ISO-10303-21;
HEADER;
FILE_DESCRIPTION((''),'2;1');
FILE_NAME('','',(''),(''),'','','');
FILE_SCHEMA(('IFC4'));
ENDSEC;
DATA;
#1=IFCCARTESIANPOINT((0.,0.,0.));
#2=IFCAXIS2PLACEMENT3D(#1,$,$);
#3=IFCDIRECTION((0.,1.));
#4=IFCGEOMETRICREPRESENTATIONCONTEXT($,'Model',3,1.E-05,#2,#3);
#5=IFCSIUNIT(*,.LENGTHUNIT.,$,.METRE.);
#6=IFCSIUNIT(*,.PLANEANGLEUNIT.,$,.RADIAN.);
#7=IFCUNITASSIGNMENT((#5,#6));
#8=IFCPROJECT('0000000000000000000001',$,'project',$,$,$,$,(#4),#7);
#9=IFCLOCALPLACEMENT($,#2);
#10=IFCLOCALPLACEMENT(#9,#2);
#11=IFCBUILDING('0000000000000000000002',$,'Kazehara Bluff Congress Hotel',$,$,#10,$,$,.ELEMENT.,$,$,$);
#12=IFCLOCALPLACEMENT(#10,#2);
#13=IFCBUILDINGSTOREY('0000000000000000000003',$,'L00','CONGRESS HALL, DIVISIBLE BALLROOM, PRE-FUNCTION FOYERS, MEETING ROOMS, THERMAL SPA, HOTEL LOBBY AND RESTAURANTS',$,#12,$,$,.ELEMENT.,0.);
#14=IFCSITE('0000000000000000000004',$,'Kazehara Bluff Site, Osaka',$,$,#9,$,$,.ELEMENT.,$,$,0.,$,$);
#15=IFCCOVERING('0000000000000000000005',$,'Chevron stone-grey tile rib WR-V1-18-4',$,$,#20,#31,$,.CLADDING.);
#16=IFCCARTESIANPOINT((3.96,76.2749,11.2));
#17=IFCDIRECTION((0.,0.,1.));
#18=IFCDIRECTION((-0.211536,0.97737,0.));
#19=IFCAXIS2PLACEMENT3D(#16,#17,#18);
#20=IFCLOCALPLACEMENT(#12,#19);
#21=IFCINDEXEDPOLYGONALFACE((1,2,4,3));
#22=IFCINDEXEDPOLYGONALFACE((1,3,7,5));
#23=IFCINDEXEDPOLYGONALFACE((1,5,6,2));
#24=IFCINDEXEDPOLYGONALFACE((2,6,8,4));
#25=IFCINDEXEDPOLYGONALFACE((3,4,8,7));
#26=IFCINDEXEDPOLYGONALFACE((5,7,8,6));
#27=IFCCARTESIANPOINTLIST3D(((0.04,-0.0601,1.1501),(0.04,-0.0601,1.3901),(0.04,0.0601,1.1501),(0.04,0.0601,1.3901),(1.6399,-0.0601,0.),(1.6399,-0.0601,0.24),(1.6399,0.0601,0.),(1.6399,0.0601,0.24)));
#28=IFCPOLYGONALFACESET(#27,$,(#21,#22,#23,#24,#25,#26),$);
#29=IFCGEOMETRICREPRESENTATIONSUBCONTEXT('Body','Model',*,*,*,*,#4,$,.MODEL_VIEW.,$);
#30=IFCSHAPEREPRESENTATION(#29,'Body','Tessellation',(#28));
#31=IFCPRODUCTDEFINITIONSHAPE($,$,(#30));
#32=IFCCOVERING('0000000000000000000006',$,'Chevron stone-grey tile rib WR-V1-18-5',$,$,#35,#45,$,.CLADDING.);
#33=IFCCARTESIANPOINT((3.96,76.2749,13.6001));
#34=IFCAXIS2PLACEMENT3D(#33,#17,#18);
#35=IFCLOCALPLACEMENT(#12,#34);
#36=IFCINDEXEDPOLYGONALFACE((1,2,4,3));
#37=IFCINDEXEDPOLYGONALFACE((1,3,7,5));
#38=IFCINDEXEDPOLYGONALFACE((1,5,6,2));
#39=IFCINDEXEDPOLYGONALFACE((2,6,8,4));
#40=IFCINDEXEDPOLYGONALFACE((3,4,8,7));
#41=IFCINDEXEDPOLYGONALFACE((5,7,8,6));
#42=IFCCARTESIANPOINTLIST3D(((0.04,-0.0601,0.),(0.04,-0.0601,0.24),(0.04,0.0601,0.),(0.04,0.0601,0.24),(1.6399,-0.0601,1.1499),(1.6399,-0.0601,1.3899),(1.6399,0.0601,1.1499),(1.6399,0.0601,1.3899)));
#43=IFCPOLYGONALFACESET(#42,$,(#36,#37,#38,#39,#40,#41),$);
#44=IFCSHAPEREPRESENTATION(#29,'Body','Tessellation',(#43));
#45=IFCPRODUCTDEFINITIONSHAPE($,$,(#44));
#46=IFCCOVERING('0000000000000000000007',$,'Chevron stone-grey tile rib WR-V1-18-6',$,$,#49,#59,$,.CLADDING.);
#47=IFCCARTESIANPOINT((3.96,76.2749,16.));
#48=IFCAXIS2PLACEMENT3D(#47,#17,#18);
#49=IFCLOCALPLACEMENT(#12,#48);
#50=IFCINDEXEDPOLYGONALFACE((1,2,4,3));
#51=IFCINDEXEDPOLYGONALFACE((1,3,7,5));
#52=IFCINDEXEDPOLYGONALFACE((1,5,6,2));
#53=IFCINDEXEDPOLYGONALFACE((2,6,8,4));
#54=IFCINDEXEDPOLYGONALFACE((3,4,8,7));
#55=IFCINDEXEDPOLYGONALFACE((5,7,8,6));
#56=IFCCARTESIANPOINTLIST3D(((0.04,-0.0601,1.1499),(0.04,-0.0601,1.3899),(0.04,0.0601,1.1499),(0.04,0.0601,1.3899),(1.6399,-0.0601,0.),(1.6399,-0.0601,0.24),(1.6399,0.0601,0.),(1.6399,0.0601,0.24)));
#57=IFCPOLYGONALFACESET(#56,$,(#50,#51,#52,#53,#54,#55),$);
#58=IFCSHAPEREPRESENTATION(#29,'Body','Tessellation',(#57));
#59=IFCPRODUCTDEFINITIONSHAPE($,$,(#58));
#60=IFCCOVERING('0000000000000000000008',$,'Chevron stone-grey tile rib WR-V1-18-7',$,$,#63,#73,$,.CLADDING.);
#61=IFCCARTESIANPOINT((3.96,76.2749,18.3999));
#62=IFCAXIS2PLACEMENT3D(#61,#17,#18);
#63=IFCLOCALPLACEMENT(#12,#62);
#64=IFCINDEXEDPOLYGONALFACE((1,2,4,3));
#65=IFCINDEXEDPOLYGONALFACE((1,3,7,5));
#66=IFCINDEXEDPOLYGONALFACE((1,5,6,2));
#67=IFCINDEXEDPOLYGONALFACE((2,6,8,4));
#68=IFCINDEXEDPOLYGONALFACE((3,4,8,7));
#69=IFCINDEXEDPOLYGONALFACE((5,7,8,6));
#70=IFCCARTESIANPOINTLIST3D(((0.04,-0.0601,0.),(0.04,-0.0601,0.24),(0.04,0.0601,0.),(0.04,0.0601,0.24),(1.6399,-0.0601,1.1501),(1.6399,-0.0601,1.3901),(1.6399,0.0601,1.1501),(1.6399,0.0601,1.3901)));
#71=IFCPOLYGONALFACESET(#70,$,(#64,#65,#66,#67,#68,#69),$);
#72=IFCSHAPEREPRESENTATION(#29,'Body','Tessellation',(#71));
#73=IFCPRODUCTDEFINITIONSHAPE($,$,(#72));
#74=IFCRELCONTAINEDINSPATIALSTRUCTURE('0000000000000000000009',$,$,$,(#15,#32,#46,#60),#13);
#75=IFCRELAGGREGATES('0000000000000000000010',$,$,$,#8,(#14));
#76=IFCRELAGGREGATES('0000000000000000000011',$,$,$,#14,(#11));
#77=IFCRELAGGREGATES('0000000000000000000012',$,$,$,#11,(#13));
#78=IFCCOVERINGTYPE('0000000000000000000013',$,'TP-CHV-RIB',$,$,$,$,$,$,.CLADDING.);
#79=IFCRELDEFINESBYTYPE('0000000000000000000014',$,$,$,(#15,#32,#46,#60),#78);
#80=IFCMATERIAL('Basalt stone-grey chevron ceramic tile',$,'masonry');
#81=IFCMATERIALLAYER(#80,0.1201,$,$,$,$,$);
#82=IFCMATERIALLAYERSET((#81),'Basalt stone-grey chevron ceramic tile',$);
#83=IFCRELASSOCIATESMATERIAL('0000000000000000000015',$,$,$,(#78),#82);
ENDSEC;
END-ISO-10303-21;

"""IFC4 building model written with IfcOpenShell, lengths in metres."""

from ifc_helpers import new_model, si_unit, direction, frame, origin, place, context, subcontext, project, spatial, polyline, outline, extrude, material, layer, layer_set, type_object, element, save


model = new_model("IFC4")

# Units and contexts
model_context = context("Model", 3, precision=1e-05, world=origin(), true_north=direction((0.0, 1.0)))
body_context = subcontext(model_context, "Body", "Model", "MODEL_VIEW")
ifc_project = project(units=[si_unit("LENGTHUNIT", "METRE"), si_unit("PLANEANGLEUNIT", "RADIAN")], contexts=[model_context])

# Site, building, storey
site_placement = place(None, origin())
site = spatial("IfcSite", under=ifc_project, at=site_placement, Name="Kazehara Bluff Site, Osaka", CompositionType="ELEMENT", RefElevation=0.0)
building_placement = place(site_placement, origin())
building = spatial("IfcBuilding", under=site, at=building_placement, Name="Kazehara Bluff Congress Hotel", CompositionType="ELEMENT")
storey_placement = place(building_placement, origin())
storey = spatial("IfcBuildingStorey", under=building, at=storey_placement, Name="L00", Description="CONGRESS HALL, DIVISIBLE BALLROOM, PRE-FUNCTION FOYERS, MEETING ROOMS, THERMAL SPA, HOTEL LOBBY AND RESTAURANTS", CompositionType="ELEMENT", Elevation=0.0)

# Coverings
ifc_material = material(Name="Basalt stone-grey chevron ceramic tile", Category="masonry")
ifc_layer = layer(ifc_material, 0.1201)
ifc_layer_set = layer_set([ifc_layer], Name="Basalt stone-grey chevron ceramic tile")
covering_type = type_object("IfcCoveringType", Name="TP-CHV-RIB", PredefinedType="CLADDING", material=ifc_layer_set)
covering_1_placement = place(storey_placement, frame((3.96, 76.2749, 11.2), z_axis=(0.0, 0.0, 1.0), x_axis=(-0.211536, 0.97737, 0.0)))
element("IfcCovering", 1, at=covering_1_placement, inside=storey, type_object=covering_type, Name="Chevron stone-grey tile rib WR-V1-18-4", PredefinedType="CLADDING", context=body_context, shape_type="SweptSolid", body=[
    extrude(outline(polyline([(0.04, 1.1501), (1.6399, 0.0), (1.6399, 0.24), (0.04, 1.3901), (0.04, 1.1501)])), frame((0.0, 0.0601, 0.0), z_axis=(0.0, -1.0, 0.0), x_axis=(1.0, 0.0, 0.0)), (0.0, 0.0, 1.0), 0.1201),
])
covering_2_placement = place(storey_placement, frame((3.96, 76.2749, 13.6001), z_axis=(0.0, 0.0, 1.0), x_axis=(-0.211536, 0.97737, 0.0)))
element("IfcCovering", 2, at=covering_2_placement, inside=storey, type_object=covering_type, Name="Chevron stone-grey tile rib WR-V1-18-5", PredefinedType="CLADDING", context=body_context, shape_type="SweptSolid", body=[
    extrude(outline(polyline([(0.04, 0.0), (1.6399, 1.1499), (1.6399, 1.3899), (0.04, 0.24), (0.04, 0.0)])), frame((0.0, 0.0601, 0.0), z_axis=(0.0, -1.0, 0.0), x_axis=(1.0, 0.0, 0.0)), (0.0, 0.0, 1.0), 0.1201),
])
covering_3_placement = place(storey_placement, frame((3.96, 76.2749, 16.0), z_axis=(0.0, 0.0, 1.0), x_axis=(-0.211536, 0.97737, 0.0)))
element("IfcCovering", 3, at=covering_3_placement, inside=storey, type_object=covering_type, Name="Chevron stone-grey tile rib WR-V1-18-6", PredefinedType="CLADDING", context=body_context, shape_type="SweptSolid", body=[
    extrude(outline(polyline([(0.04, 1.1499), (1.6399, 0.0), (1.6399, 0.24), (0.04, 1.3899), (0.04, 1.1499)])), frame((0.0, 0.0601, 0.0), z_axis=(0.0, -1.0, 0.0), x_axis=(1.0, 0.0, 0.0)), (0.0, 0.0, 1.0), 0.1201),
])
covering_4_placement = place(storey_placement, frame((3.96, 76.2749, 18.3999), z_axis=(0.0, 0.0, 1.0), x_axis=(-0.211536, 0.97737, 0.0)))
element("IfcCovering", 4, at=covering_4_placement, inside=storey, type_object=covering_type, Name="Chevron stone-grey tile rib WR-V1-18-7", PredefinedType="CLADDING", context=body_context, shape_type="SweptSolid", body=[
    extrude(outline(polyline([(0.04, 0.0), (1.6399, 1.1501), (1.6399, 1.3901), (0.04, 0.24), (0.04, 0.0)])), frame((0.0, 0.0601, 0.0), z_axis=(0.0, -1.0, 0.0), x_axis=(1.0, 0.0, 0.0)), (0.0, 0.0, 1.0), 0.1201),
])

save(model, "model.ifc")
